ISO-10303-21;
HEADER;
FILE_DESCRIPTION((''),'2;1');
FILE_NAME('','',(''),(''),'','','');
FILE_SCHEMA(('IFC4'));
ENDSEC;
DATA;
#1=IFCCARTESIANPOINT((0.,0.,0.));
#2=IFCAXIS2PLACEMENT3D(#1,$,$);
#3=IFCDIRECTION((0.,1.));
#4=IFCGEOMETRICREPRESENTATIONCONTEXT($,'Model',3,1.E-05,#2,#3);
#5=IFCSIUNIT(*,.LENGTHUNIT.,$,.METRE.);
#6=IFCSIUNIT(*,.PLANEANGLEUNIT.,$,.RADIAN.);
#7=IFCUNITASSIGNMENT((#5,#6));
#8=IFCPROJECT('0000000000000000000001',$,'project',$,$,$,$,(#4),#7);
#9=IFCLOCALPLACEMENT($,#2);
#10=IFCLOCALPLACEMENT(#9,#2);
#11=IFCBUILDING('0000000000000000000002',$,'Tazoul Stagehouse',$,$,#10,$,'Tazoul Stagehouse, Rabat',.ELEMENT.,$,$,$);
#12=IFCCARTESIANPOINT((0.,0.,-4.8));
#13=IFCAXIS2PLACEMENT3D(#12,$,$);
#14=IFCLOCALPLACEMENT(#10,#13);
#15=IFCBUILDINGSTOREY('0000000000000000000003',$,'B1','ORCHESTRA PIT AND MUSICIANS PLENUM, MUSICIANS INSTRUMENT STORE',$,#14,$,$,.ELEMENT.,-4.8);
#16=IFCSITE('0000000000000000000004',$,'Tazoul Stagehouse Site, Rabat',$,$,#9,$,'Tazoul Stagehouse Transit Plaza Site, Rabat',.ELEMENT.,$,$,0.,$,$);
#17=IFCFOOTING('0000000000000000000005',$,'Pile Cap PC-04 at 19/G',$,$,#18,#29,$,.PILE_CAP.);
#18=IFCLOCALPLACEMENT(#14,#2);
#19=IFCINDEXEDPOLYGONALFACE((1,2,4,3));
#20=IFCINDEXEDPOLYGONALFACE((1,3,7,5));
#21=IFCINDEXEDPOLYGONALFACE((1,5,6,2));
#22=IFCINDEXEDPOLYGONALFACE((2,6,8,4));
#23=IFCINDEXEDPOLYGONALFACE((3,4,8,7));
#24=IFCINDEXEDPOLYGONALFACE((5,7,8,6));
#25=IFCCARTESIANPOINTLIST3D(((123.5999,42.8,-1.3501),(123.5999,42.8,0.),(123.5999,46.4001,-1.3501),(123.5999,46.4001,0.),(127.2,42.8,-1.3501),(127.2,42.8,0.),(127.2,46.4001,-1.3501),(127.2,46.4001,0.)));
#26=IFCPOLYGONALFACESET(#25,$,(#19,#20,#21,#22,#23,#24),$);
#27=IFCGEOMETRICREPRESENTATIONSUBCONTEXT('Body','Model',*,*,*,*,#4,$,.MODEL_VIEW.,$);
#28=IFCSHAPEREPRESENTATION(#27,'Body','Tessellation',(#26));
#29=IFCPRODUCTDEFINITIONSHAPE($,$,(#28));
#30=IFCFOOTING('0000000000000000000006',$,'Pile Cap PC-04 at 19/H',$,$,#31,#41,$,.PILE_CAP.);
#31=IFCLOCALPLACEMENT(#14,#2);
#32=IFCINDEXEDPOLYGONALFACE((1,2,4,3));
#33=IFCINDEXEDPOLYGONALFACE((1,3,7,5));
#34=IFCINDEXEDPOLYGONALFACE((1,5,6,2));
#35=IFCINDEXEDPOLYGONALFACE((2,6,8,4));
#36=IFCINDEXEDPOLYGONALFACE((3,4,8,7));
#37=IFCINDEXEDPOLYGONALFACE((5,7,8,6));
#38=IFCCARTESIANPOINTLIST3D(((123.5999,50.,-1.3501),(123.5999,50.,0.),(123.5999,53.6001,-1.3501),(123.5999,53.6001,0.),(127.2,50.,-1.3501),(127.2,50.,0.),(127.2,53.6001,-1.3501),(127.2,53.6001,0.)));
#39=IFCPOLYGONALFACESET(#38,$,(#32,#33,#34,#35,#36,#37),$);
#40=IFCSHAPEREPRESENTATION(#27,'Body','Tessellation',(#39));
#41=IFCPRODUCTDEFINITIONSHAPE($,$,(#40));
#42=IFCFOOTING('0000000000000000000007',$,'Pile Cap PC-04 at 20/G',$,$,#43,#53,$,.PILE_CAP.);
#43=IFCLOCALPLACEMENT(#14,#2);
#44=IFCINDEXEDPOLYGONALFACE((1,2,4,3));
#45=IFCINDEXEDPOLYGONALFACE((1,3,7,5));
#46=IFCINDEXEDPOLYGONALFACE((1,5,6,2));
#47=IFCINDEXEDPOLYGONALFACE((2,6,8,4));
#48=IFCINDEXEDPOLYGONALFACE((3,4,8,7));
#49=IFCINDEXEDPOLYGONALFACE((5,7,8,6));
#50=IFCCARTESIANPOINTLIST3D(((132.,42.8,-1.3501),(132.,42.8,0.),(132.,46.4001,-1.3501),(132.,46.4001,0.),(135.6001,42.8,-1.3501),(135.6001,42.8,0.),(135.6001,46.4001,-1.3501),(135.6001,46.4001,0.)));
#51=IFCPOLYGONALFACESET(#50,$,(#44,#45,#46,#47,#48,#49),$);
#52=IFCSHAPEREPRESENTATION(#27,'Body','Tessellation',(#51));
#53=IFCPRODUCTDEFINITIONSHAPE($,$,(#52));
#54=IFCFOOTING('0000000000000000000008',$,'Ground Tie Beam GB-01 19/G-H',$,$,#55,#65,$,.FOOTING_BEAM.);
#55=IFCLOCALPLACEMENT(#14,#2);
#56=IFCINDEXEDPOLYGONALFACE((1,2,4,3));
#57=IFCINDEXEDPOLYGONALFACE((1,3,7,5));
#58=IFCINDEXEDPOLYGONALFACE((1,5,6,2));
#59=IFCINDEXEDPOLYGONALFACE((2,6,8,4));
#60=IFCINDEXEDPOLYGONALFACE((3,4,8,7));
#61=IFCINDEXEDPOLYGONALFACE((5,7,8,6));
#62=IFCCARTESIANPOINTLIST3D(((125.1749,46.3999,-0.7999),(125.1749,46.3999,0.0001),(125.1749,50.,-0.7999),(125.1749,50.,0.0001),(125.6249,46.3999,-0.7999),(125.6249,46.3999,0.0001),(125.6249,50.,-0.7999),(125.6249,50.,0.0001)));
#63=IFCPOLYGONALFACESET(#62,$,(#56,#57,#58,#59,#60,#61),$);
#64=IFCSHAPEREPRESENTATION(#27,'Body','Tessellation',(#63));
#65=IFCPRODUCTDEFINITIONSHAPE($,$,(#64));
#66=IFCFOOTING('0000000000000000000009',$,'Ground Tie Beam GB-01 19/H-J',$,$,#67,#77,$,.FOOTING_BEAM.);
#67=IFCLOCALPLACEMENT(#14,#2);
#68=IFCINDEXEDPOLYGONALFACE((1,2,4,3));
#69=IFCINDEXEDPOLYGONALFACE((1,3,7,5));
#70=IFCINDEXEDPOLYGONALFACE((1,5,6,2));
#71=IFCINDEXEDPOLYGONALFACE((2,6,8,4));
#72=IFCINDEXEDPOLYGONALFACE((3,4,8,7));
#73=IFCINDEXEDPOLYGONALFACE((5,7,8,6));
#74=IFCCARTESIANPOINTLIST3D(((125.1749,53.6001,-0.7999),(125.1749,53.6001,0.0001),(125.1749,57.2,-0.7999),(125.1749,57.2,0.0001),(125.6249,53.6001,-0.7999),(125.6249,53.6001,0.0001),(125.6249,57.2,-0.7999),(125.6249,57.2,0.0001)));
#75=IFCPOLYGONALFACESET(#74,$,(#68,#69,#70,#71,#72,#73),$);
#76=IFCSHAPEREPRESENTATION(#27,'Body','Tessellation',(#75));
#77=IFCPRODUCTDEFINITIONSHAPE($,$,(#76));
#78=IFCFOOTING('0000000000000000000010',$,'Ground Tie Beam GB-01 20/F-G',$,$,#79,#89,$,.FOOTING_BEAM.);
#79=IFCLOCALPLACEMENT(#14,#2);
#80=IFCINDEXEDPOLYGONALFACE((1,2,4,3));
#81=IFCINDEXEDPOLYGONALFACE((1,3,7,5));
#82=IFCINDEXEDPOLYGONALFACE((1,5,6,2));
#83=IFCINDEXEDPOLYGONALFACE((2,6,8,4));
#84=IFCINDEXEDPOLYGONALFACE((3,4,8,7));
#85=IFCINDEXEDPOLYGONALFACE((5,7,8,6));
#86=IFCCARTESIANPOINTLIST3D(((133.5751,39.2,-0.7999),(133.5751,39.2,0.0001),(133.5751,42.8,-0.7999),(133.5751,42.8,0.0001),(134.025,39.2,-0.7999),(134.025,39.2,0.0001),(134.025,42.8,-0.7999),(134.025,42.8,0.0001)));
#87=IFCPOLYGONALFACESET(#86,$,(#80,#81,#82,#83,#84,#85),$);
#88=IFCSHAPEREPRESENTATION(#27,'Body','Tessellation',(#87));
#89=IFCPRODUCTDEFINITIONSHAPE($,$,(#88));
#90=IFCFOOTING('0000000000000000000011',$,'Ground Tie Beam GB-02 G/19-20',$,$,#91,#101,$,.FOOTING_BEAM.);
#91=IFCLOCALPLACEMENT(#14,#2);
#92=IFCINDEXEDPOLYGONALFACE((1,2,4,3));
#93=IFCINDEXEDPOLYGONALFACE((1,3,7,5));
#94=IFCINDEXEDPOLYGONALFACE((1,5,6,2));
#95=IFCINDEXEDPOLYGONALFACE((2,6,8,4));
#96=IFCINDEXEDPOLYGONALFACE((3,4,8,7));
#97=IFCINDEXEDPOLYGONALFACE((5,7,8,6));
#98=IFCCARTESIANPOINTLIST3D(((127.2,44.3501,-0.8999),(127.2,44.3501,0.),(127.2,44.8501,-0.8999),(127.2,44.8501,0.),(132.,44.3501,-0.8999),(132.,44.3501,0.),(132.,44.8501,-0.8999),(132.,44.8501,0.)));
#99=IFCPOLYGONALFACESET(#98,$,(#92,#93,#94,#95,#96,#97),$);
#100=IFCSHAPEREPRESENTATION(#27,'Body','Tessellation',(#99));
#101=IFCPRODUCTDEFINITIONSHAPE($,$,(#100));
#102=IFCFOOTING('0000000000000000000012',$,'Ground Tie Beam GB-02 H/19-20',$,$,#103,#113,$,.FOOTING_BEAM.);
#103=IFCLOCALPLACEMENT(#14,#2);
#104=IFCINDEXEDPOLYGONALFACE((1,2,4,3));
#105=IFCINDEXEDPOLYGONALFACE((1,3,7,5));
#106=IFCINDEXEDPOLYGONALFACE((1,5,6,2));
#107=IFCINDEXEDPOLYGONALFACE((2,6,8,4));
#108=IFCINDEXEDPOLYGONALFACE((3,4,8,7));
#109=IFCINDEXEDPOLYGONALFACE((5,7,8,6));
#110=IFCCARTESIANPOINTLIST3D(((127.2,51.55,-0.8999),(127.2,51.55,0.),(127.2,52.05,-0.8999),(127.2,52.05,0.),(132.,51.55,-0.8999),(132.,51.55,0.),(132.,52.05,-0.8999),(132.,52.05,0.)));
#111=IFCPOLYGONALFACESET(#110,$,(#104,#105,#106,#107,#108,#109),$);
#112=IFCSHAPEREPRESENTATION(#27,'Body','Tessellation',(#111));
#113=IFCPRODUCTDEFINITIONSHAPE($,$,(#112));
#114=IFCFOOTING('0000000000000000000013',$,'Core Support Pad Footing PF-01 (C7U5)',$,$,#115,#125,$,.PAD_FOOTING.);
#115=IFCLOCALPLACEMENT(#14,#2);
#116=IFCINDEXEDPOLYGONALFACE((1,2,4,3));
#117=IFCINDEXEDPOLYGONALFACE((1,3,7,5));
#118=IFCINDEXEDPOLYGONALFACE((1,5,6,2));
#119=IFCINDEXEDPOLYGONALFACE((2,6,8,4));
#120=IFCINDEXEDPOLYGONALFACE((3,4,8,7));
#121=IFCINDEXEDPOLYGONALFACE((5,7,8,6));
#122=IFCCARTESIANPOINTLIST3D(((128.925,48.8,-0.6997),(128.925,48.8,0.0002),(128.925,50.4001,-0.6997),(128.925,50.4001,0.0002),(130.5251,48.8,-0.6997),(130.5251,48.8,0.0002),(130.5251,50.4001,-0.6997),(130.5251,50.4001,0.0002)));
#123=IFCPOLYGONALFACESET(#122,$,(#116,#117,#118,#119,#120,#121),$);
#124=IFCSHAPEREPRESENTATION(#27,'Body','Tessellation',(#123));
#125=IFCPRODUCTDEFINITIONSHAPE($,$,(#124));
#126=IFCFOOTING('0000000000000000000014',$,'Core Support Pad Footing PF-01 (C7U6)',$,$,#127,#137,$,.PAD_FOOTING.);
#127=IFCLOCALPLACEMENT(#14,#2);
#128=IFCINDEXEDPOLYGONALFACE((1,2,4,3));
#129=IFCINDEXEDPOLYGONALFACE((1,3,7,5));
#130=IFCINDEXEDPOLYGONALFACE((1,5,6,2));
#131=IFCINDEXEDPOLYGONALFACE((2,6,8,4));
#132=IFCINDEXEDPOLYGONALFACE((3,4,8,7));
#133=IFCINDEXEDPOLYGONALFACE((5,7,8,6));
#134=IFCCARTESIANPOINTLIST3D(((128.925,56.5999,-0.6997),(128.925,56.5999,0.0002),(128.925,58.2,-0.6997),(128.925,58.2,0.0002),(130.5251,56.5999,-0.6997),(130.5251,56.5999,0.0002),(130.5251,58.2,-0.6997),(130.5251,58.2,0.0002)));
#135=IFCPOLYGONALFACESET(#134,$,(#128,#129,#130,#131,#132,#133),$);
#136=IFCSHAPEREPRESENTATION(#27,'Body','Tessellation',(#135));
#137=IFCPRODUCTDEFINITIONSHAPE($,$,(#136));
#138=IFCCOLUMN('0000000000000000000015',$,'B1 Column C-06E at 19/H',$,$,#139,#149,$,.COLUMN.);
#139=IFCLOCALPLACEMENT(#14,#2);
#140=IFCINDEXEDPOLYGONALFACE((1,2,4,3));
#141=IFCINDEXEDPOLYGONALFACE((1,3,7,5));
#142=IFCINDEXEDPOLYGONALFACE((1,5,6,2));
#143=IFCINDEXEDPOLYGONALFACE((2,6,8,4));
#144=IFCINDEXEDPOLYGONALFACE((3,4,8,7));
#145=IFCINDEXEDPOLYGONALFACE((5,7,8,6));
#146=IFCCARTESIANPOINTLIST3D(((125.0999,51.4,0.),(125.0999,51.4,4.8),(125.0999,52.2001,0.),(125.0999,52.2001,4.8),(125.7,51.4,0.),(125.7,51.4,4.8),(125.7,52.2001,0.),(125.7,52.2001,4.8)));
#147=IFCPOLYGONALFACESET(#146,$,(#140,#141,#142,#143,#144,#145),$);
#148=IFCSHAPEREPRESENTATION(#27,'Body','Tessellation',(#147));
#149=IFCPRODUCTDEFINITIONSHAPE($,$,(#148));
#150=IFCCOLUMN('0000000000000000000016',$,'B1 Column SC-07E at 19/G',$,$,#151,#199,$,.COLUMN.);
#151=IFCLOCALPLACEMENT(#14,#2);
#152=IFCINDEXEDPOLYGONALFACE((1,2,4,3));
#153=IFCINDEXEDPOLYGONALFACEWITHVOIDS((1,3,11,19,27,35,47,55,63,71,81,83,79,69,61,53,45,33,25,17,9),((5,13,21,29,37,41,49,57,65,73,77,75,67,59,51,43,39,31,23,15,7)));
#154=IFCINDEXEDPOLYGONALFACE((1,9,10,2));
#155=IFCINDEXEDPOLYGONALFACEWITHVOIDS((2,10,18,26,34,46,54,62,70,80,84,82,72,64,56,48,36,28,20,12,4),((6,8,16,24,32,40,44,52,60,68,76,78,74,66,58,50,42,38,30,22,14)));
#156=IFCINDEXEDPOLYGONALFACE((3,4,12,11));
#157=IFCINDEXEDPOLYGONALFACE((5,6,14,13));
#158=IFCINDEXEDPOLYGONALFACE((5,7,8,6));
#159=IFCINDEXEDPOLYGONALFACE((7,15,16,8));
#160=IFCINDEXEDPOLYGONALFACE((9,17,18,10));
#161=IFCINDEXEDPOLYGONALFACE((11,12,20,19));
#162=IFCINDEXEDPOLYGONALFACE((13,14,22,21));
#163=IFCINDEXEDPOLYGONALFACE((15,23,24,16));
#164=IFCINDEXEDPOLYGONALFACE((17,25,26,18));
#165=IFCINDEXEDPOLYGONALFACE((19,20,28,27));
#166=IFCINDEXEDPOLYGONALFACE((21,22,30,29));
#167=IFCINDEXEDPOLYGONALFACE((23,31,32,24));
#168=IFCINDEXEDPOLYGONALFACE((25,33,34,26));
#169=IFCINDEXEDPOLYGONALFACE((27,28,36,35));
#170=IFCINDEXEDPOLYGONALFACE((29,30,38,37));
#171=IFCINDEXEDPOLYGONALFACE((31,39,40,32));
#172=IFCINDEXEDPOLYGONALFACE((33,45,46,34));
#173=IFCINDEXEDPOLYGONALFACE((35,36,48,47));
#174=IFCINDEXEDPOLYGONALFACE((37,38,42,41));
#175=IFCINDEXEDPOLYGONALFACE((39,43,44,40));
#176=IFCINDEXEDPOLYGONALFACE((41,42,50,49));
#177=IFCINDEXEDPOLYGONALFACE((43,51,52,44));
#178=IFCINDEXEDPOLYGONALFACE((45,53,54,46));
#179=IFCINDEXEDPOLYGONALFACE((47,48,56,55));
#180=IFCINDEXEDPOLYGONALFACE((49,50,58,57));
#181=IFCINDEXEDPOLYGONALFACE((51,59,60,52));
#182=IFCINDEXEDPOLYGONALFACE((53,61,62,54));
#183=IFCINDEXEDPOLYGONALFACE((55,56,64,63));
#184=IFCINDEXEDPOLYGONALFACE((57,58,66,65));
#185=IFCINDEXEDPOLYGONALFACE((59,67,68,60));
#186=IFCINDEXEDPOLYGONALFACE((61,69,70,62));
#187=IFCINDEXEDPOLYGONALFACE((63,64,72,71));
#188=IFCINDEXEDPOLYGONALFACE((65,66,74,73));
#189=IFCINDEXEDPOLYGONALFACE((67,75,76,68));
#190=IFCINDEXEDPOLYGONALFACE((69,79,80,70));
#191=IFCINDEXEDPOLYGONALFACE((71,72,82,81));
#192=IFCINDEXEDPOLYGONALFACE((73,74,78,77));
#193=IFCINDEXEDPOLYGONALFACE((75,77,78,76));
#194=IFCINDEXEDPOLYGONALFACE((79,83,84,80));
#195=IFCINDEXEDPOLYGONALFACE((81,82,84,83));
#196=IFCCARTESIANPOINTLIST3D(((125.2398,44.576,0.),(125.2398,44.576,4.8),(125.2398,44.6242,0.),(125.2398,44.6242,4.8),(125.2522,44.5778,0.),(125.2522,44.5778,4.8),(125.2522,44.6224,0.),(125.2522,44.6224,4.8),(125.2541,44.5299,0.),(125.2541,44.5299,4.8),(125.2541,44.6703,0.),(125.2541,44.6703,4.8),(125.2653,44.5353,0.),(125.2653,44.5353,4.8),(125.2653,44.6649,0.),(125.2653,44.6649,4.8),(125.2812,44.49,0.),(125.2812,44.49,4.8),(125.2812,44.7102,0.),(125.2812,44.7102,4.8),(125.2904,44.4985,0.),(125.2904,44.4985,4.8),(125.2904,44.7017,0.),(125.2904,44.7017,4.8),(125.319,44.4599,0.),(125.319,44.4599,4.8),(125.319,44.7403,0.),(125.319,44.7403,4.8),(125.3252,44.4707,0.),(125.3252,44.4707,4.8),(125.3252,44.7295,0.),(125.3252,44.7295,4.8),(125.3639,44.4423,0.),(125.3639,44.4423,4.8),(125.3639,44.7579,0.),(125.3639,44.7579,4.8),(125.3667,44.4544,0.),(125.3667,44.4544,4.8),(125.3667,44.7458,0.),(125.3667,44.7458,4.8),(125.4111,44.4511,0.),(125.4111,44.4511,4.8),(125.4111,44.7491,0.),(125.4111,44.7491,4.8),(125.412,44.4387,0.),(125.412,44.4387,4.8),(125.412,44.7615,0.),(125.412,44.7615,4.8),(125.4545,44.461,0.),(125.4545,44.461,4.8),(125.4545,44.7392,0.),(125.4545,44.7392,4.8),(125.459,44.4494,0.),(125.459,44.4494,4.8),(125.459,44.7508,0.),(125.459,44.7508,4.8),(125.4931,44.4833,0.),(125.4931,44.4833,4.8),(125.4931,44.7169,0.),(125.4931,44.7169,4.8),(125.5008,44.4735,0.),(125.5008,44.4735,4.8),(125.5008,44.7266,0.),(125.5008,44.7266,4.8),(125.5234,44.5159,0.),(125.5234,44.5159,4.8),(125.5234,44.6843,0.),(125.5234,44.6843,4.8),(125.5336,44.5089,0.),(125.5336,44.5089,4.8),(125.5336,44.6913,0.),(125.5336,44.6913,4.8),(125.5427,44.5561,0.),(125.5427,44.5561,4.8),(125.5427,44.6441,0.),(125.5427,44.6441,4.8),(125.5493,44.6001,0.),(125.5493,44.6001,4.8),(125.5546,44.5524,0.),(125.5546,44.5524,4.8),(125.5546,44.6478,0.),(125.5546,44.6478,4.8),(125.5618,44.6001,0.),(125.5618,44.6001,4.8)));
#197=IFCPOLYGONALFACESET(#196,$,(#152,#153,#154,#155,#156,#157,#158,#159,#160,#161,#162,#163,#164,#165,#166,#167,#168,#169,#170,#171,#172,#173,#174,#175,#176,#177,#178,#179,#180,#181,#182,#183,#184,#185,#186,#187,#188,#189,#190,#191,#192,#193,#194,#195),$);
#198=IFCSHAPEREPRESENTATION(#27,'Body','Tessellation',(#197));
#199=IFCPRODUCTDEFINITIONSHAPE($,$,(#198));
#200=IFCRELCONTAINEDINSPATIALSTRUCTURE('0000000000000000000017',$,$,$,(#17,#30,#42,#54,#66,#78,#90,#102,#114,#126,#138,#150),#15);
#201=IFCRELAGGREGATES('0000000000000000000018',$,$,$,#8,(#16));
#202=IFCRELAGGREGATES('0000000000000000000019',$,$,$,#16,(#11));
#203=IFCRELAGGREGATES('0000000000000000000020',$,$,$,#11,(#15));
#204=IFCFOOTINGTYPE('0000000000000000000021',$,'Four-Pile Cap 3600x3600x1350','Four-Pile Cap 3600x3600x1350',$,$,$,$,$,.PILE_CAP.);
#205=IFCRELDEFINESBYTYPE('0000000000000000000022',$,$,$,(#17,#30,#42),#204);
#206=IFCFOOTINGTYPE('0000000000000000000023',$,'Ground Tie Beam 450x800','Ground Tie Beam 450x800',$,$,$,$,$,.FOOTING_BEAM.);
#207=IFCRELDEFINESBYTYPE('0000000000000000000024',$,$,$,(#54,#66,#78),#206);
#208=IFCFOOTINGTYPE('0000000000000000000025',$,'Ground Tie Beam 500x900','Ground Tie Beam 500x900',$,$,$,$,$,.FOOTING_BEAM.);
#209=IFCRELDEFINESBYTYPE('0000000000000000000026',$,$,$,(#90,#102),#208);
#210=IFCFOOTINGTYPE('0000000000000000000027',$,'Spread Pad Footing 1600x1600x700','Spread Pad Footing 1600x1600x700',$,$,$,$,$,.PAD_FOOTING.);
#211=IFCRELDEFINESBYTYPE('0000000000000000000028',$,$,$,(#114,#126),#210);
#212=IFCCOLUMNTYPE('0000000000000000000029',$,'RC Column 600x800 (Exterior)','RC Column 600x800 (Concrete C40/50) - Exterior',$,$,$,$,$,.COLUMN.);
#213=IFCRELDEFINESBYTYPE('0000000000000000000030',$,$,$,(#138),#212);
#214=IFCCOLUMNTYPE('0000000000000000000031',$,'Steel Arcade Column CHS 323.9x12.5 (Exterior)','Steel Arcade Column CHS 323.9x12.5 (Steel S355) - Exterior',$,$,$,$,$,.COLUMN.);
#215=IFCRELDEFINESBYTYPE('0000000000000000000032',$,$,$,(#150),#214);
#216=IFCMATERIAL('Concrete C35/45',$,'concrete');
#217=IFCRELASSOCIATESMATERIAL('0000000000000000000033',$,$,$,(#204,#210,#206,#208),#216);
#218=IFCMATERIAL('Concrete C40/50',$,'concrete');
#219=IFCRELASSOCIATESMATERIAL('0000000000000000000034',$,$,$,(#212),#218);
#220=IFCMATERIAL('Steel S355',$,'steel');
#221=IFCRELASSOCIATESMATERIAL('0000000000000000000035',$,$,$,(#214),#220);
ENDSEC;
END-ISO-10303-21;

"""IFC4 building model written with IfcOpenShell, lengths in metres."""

from ifc_helpers import new_model, si_unit, direction, frame, origin, origin_2d, place, context, subcontext, project, spatial, rectangle, hollow_circle, extrude, material, material_profile, profile_set, type_object, element, save


model = new_model("IFC4")

# Units and contexts
model_context = context("Model", 3, precision=1e-05, world=origin(), true_north=direction((0.0, 1.0)))
body_context = subcontext(model_context, "Body", "Model", "MODEL_VIEW")
ifc_project = project(units=[si_unit("LENGTHUNIT", "METRE"), si_unit("PLANEANGLEUNIT", "RADIAN")], contexts=[model_context])

# Site, building, storey
site_placement = place(None, origin())
site = spatial("IfcSite", under=ifc_project, at=site_placement, Name="Tazoul Stagehouse Site, Rabat", LongName="Tazoul Stagehouse Transit Plaza Site, Rabat", CompositionType="ELEMENT", RefElevation=0.0)
building_placement = place(site_placement, origin())
building = spatial("IfcBuilding", under=site, at=building_placement, Name="Tazoul Stagehouse", LongName="Tazoul Stagehouse, Rabat", CompositionType="ELEMENT")
storey_placement = place(building_placement, frame((0.0, 0.0, -4.8)))
storey = spatial("IfcBuildingStorey", under=building, at=storey_placement, Name="B1", Description="ORCHESTRA PIT AND MUSICIANS PLENUM, MUSICIANS INSTRUMENT STORE", CompositionType="ELEMENT", Elevation=-4.8)

# Shared definitions
ifc_material_1 = material(Name="Concrete C35/45", Category="concrete")

# Footings
footing_type_1 = type_object("IfcFootingType", Name="Four-Pile Cap 3600x3600x1350", Description="Four-Pile Cap 3600x3600x1350", PredefinedType="PILE_CAP", material=ifc_material_1)
for number, where, z_axis, x_axis, name in (
    (1, (125.3999, 44.6001, -1.3501), (0.0, 0.0, 1.0), (1.0, 0.0, 0.0), "Pile Cap PC-04 at 19/G"),
    (2, (125.3999, 51.8, -1.3501), (0.0, 0.0, 1.0), (1.0, 0.0, 0.0), "Pile Cap PC-04 at 19/H"),
    (3, (133.8, 44.6001, -1.3501), (0.0, 0.0, 1.0), (1.0, 0.0, 0.0), "Pile Cap PC-04 at 20/G"),
):
    element("IfcFooting", number, at=place(storey_placement, frame(where, z_axis=z_axis, x_axis=x_axis)), inside=storey, type_object=footing_type_1, Name=name, PredefinedType="PILE_CAP", context=body_context, shape_type="SweptSolid", body=[
        extrude(rectangle(XDim=3.6001, YDim=3.6001, at=origin_2d()), origin(), (0.0, 0.0, 1.0), 1.3501),
    ])
ifc_material_profile_1 = material_profile(ifc_material_1, rectangle(XDim=0.45, YDim=0.8, at=origin_2d()), Name="RC 450x800")
ifc_profile_set_1 = profile_set([ifc_material_profile_1], Name="Concrete C35/45")
footing_type_2 = type_object("IfcFootingType", Name="Ground Tie Beam 450x800", Description="Ground Tie Beam 450x800", PredefinedType="FOOTING_BEAM", material=ifc_profile_set_1)
footing_1_placement = place(storey_placement, frame((125.3999, 46.3999, -0.3999), z_axis=(0.0, 1.0, 0.0), x_axis=(-1.0, 0.0, 0.0)))
element("IfcFooting", 4, at=footing_1_placement, inside=storey, type_object=footing_type_2, Name="Ground Tie Beam GB-01 19/G-H", PredefinedType="FOOTING_BEAM", context=body_context, shape_type="SweptSolid", body=[
    extrude(rectangle(XDim=0.45, YDim=0.8, at=origin_2d()), origin(), (0.0, 0.0, 1.0), 3.6001),
])
footing_2_placement = place(storey_placement, frame((125.3999, 53.6001, -0.3999), z_axis=(0.0, 1.0, 0.0), x_axis=(-1.0, 0.0, 0.0)))
element("IfcFooting", 5, at=footing_2_placement, inside=storey, type_object=footing_type_2, Name="Ground Tie Beam GB-01 19/H-J", PredefinedType="FOOTING_BEAM", context=body_context, shape_type="SweptSolid", body=[
    extrude(rectangle(XDim=0.45, YDim=0.8, at=origin_2d()), origin(), (0.0, 0.0, 1.0), 3.5999),
])
footing_3_placement = place(storey_placement, frame((133.8, 39.2, -0.3999), z_axis=(0.0, 1.0, 0.0), x_axis=(-1.0, 0.0, 0.0)))
element("IfcFooting", 6, at=footing_3_placement, inside=storey, type_object=footing_type_2, Name="Ground Tie Beam GB-01 20/F-G", PredefinedType="FOOTING_BEAM", context=body_context, shape_type="SweptSolid", body=[
    extrude(rectangle(XDim=0.45, YDim=0.8, at=origin_2d()), origin(), (0.0, 0.0, 1.0), 3.6001),
])
ifc_material_profile_2 = material_profile(ifc_material_1, rectangle(XDim=0.5, YDim=0.8999, at=origin_2d()), Name="RC 500x900")
ifc_profile_set_2 = profile_set([ifc_material_profile_2], Name="Concrete C35/45")
footing_type_3 = type_object("IfcFootingType", Name="Ground Tie Beam 500x900", Description="Ground Tie Beam 500x900", PredefinedType="FOOTING_BEAM", material=ifc_profile_set_2)
for number, where, z_axis, x_axis, name in (
    (7, (127.2, 44.6001, -0.45), (1.0, 0.0, 0.0), (0.0, 1.0, 0.0), "Ground Tie Beam GB-02 G/19-20"),
    (8, (127.2, 51.8, -0.45), (1.0, 0.0, 0.0), (0.0, 1.0, 0.0), "Ground Tie Beam GB-02 H/19-20"),
):
    element("IfcFooting", number, at=place(storey_placement, frame(where, z_axis=z_axis, x_axis=x_axis)), inside=storey, type_object=footing_type_3, Name=name, PredefinedType="FOOTING_BEAM", context=body_context, shape_type="SweptSolid", body=[
        extrude(rectangle(XDim=0.5, YDim=0.8999, at=origin_2d()), origin(), (0.0, 0.0, 1.0), 4.8),
    ])
footing_type_4 = type_object("IfcFootingType", Name="Spread Pad Footing 1600x1600x700", Description="Spread Pad Footing 1600x1600x700", PredefinedType="PAD_FOOTING", material=ifc_material_1)
for number, where, z_axis, x_axis, name in (
    (9, (129.7251, 49.6001, -0.6997), (0.0, 0.0, 1.0), (1.0, 0.0, 0.0), "Core Support Pad Footing PF-01 (C7U5)"),
    (10, (129.7251, 57.3999, -0.6997), (0.0, 0.0, 1.0), (1.0, 0.0, 0.0), "Core Support Pad Footing PF-01 (C7U6)"),
):
    element("IfcFooting", number, at=place(storey_placement, frame(where, z_axis=z_axis, x_axis=x_axis)), inside=storey, type_object=footing_type_4, Name=name, PredefinedType="PAD_FOOTING", context=body_context, shape_type="SweptSolid", body=[
        extrude(rectangle(XDim=1.6001, YDim=1.6001, at=origin_2d()), origin(), (0.0, 0.0, 1.0), 0.7),
    ])

# Columns
ifc_material_2 = material(Name="Concrete C40/50", Category="concrete")
ifc_material_profile_3 = material_profile(ifc_material_2, rectangle(XDim=0.6001, YDim=0.8, at=origin_2d()), Name="RC 600x800")
ifc_profile_set_3 = profile_set([ifc_material_profile_3], Name="Concrete C40/50")
column_type_1 = type_object("IfcColumnType", Name="RC Column 600x800 (Exterior)", Description="RC Column 600x800 (Concrete C40/50) - Exterior", PredefinedType="COLUMN", material=ifc_profile_set_3)
column_1_placement = place(storey_placement, frame((125.3999, 51.8, 0.0), z_axis=(0.0, 0.0, 1.0), x_axis=(1.0, 0.0, 0.0)))
element("IfcColumn", 11, at=column_1_placement, inside=storey, type_object=column_type_1, Name="B1 Column C-06E at 19/H", PredefinedType="COLUMN", context=body_context, shape_type="SweptSolid", body=[
    extrude(rectangle(XDim=0.6001, YDim=0.8, at=origin_2d()), origin(), (0.0, 0.0, 1.0), 4.8),
])
ifc_material_3 = material(Name="Steel S355", Category="steel")
ifc_material_profile_4 = material_profile(ifc_material_3, hollow_circle(Radius=0.1619, WallThickness=0.0125, at=origin_2d()), Name="CHS 323.9x12.5")
ifc_profile_set_4 = profile_set([ifc_material_profile_4], Name="Steel S355")
column_type_2 = type_object("IfcColumnType", Name="Steel Arcade Column CHS 323.9x12.5 (Exterior)", Description="Steel Arcade Column CHS 323.9x12.5 (Steel S355) - Exterior", PredefinedType="COLUMN", material=ifc_profile_set_4)
column_2_placement = place(storey_placement, frame((125.3999, 44.6001, 0.0), z_axis=(0.0, 0.0, 1.0), x_axis=(1.0, 0.0, 0.0)))
element("IfcColumn", 12, at=column_2_placement, inside=storey, type_object=column_type_2, Name="B1 Column SC-07E at 19/G", PredefinedType="COLUMN", context=body_context, shape_type="SweptSolid", body=[
    extrude(hollow_circle(Radius=0.1619, WallThickness=0.0125, at=origin_2d()), origin(), (0.0, 0.0, 1.0), 4.8),
])

save(model, "model.ifc")
